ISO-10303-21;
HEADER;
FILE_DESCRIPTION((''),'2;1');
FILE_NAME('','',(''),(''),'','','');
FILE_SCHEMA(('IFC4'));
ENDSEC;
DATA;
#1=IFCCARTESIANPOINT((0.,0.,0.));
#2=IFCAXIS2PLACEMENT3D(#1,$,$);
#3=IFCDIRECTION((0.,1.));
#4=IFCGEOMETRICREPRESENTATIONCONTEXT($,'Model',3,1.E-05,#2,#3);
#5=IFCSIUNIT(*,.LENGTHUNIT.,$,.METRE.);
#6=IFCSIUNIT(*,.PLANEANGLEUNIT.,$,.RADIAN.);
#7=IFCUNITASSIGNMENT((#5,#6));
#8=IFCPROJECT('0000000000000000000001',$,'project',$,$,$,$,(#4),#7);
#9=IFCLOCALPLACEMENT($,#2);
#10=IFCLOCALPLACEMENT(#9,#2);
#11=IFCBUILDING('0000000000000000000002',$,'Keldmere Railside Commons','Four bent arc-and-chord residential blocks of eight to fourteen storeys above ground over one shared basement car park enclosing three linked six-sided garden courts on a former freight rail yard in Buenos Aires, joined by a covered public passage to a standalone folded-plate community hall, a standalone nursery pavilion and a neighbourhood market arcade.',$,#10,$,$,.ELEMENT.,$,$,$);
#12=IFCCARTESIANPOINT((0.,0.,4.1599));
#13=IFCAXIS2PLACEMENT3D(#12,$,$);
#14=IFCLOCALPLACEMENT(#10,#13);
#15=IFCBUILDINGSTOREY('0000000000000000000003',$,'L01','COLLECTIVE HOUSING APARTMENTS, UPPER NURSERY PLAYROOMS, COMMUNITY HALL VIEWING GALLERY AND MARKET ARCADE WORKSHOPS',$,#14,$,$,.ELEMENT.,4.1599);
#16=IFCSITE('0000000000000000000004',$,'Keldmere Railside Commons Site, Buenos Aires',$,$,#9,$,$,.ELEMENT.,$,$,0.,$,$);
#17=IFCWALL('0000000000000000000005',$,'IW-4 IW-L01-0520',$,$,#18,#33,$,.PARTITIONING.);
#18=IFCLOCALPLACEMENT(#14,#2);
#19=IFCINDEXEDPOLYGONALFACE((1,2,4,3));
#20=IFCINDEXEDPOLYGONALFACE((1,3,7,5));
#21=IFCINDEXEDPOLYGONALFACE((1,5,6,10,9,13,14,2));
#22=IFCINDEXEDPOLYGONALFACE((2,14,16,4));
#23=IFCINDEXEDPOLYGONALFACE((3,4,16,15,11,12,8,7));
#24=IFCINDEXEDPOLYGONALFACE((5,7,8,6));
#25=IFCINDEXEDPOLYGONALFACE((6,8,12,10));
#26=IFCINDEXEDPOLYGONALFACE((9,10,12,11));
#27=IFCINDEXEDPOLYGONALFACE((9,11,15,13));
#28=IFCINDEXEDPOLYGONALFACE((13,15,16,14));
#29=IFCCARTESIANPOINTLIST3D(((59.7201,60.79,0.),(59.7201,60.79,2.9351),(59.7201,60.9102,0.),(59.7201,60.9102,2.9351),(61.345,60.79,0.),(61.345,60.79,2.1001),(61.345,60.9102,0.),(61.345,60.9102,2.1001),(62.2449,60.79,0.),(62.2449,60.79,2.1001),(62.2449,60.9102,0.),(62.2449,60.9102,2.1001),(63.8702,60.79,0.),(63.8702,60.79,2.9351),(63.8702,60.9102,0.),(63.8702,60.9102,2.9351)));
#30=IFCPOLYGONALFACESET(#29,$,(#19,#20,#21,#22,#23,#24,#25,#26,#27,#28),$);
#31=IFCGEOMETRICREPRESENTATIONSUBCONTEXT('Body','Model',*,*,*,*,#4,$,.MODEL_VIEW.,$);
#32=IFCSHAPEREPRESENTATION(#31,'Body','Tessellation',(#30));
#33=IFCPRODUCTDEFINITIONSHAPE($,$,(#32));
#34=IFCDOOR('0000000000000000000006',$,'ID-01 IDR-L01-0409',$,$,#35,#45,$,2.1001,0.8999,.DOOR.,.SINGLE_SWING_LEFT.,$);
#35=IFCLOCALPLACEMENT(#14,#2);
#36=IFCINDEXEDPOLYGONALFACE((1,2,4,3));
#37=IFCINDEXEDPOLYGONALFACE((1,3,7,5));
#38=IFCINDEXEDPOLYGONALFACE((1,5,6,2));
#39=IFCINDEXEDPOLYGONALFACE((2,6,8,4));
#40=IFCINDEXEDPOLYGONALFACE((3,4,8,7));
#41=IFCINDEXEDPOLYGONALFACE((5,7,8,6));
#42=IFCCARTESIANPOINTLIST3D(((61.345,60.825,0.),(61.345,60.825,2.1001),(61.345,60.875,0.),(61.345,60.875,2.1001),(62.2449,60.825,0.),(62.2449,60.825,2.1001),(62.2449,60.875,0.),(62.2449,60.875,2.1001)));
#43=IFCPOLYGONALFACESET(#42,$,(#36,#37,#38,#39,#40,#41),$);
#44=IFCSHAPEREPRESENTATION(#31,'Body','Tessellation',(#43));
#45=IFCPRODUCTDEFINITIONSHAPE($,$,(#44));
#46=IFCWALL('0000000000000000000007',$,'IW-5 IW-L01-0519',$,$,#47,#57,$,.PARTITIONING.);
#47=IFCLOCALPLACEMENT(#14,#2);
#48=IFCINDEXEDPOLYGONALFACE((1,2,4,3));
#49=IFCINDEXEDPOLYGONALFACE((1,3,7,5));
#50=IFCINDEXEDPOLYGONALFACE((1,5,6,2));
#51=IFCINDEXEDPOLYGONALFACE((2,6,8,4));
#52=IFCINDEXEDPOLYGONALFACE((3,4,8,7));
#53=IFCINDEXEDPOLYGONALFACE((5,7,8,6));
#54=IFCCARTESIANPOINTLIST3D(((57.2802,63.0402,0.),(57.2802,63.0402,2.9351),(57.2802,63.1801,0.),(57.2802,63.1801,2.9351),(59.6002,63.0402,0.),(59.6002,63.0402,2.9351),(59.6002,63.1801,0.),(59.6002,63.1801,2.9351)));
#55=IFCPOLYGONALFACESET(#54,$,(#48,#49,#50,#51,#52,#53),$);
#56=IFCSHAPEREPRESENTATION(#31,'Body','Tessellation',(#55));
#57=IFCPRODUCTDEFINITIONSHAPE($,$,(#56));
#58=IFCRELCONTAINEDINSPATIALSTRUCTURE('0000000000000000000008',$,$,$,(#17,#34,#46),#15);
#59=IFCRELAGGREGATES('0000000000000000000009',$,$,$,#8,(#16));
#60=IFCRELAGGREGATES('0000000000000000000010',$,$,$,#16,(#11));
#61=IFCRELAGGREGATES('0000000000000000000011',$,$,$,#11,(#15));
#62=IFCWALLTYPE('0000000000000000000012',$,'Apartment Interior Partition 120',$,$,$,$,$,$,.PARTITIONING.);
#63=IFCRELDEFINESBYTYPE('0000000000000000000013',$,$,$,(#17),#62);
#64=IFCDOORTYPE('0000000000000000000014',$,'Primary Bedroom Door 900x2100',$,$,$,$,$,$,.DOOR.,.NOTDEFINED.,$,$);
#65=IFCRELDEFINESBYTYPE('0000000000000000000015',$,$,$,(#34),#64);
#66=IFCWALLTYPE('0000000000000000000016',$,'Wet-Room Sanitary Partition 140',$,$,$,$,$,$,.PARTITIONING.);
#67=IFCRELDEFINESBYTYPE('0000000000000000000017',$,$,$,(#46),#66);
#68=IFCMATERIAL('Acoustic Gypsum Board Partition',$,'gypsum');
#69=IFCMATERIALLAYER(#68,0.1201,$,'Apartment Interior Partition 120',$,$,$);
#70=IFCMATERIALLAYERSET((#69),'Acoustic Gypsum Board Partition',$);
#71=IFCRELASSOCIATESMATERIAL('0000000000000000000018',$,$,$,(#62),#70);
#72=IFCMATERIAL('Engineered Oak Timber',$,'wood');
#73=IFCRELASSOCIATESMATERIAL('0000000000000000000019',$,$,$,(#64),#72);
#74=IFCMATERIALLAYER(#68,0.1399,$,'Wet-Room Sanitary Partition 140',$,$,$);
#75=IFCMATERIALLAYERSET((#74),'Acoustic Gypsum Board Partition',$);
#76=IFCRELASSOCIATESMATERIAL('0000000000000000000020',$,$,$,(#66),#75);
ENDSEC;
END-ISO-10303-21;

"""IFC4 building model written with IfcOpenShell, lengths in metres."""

from ifc_helpers import new_model, si_unit, direction, frame, frame_2d, origin, place, context, subcontext, project, spatial, rectangle, extrude, material, layer, layer_set, type_object, element, fill, save


model = new_model("IFC4")

# Units and contexts
model_context = context("Model", 3, precision=1e-05, world=origin(), true_north=direction((0.0, 1.0)))
body_context = subcontext(model_context, "Body", "Model", "MODEL_VIEW")
ifc_project = project(units=[si_unit("LENGTHUNIT", "METRE"), si_unit("PLANEANGLEUNIT", "RADIAN")], contexts=[model_context])

# Site, building, storey
site_placement = place(None, origin())
site = spatial("IfcSite", under=ifc_project, at=site_placement, Name="Keldmere Railside Commons Site, Buenos Aires", CompositionType="ELEMENT", RefElevation=0.0)
building_placement = place(site_placement, origin())
building = spatial("IfcBuilding", under=site, at=building_placement, Name="Keldmere Railside Commons", Description="Four bent arc-and-chord residential blocks of eight to fourteen storeys above ground over one shared basement car park enclosing three linked six-sided garden courts on a former freight rail yard in Buenos Aires, joined by a covered public passage to a standalone folded-plate community hall, a standalone nursery pavilion and a neighbourhood market arcade.", CompositionType="ELEMENT")
storey_placement = place(building_placement, frame((0.0, 0.0, 4.1599)))
storey = spatial("IfcBuildingStorey", under=building, at=storey_placement, Name="L01", Description="COLLECTIVE HOUSING APARTMENTS, UPPER NURSERY PLAYROOMS, COMMUNITY HALL VIEWING GALLERY AND MARKET ARCADE WORKSHOPS", CompositionType="ELEMENT", Elevation=4.1599)

# Shared definitions
ifc_material_1 = material(Name="Acoustic Gypsum Board Partition", Category="gypsum")
ifc_layer_1 = layer(ifc_material_1, 0.1201, Name="Apartment Interior Partition 120")
ifc_layer_set_1 = layer_set([ifc_layer_1], Name="Acoustic Gypsum Board Partition")
wall_type_1 = type_object("IfcWallType", Name="Apartment Interior Partition 120", PredefinedType="PARTITIONING", material=ifc_layer_set_1)
ifc_material_2 = material(Name="Engineered Oak Timber", Category="wood")

# Wall, opening, door
wall_1_placement = place(storey_placement, frame((59.72, 60.8501, 0.0), z_axis=(0.0, 0.0, 1.0), x_axis=(1.0, 0.0, 0.0)))
wall_1 = element("IfcWall", 1, at=wall_1_placement, inside=storey, type_object=wall_type_1, Name="IW-4 IW-L01-0520", PredefinedType="PARTITIONING", context=body_context, shape_type="SweptSolid", body=[
    extrude(rectangle(XDim=4.1501, YDim=0.1201, at=frame_2d((2.0752, 0.0))), origin(), (0.0, 0.0, 1.0), 2.9351),
])
opening_1_placement = place(wall_1_placement, frame((1.625, 0.0, 0.0)))
opening_1 = element("IfcOpeningElement", 2, at=opening_1_placement, cuts=wall_1, PredefinedType="OPENING", context=body_context, shape_type="SweptSolid", body=[
    extrude(rectangle(XDim=0.8999, YDim=2.1001, at=frame_2d((0.45, 1.05))), frame((0.0, 0.0701, 0.0), z_axis=(0.0, -1.0, 0.0), x_axis=(1.0, 0.0, 0.0)), (0.0, 0.0, 1.0), 0.1401),
])
door_type_1 = type_object("IfcDoorType", Name="Primary Bedroom Door 900x2100", OperationType="NOTDEFINED", PredefinedType="DOOR", material=ifc_material_2)
door_1_placement = place(opening_1_placement, origin())
door_1 = element("IfcDoor", 3, at=door_1_placement, inside=storey, type_object=door_type_1, Name="ID-01 IDR-L01-0409", OperationType="SINGLE_SWING_LEFT", OverallHeight=2.1001, OverallWidth=0.8999, PredefinedType="DOOR", context=body_context, shape_type="SweptSolid", body=[
    extrude(rectangle(XDim=0.8999, YDim=2.1001, at=frame_2d((0.45, 1.05))), frame((0.0, 0.0249, 0.0), z_axis=(0.0, -1.0, 0.0), x_axis=(1.0, 0.0, 0.0)), (0.0, 0.0, 1.0), 0.05),
])
fill(opening_1, door_1)

# Wall
ifc_layer_2 = layer(ifc_material_1, 0.1399, Name="Wet-Room Sanitary Partition 140")
ifc_layer_set_2 = layer_set([ifc_layer_2], Name="Acoustic Gypsum Board Partition")
wall_type_2 = type_object("IfcWallType", Name="Wet-Room Sanitary Partition 140", PredefinedType="PARTITIONING", material=ifc_layer_set_2)
wall_2_placement = place(storey_placement, frame((57.28, 63.1101, 0.0), z_axis=(0.0, 0.0, 1.0), x_axis=(1.0, 0.0, 0.0)))
element("IfcWall", 4, at=wall_2_placement, inside=storey, type_object=wall_type_2, Name="IW-5 IW-L01-0519", PredefinedType="PARTITIONING", context=body_context, shape_type="SweptSolid", body=[
    extrude(rectangle(XDim=2.3201, YDim=0.1399, at=frame_2d((1.1602, 0.0))), origin(), (0.0, 0.0, 1.0), 2.9351),
])

save(model, "model.ifc")
